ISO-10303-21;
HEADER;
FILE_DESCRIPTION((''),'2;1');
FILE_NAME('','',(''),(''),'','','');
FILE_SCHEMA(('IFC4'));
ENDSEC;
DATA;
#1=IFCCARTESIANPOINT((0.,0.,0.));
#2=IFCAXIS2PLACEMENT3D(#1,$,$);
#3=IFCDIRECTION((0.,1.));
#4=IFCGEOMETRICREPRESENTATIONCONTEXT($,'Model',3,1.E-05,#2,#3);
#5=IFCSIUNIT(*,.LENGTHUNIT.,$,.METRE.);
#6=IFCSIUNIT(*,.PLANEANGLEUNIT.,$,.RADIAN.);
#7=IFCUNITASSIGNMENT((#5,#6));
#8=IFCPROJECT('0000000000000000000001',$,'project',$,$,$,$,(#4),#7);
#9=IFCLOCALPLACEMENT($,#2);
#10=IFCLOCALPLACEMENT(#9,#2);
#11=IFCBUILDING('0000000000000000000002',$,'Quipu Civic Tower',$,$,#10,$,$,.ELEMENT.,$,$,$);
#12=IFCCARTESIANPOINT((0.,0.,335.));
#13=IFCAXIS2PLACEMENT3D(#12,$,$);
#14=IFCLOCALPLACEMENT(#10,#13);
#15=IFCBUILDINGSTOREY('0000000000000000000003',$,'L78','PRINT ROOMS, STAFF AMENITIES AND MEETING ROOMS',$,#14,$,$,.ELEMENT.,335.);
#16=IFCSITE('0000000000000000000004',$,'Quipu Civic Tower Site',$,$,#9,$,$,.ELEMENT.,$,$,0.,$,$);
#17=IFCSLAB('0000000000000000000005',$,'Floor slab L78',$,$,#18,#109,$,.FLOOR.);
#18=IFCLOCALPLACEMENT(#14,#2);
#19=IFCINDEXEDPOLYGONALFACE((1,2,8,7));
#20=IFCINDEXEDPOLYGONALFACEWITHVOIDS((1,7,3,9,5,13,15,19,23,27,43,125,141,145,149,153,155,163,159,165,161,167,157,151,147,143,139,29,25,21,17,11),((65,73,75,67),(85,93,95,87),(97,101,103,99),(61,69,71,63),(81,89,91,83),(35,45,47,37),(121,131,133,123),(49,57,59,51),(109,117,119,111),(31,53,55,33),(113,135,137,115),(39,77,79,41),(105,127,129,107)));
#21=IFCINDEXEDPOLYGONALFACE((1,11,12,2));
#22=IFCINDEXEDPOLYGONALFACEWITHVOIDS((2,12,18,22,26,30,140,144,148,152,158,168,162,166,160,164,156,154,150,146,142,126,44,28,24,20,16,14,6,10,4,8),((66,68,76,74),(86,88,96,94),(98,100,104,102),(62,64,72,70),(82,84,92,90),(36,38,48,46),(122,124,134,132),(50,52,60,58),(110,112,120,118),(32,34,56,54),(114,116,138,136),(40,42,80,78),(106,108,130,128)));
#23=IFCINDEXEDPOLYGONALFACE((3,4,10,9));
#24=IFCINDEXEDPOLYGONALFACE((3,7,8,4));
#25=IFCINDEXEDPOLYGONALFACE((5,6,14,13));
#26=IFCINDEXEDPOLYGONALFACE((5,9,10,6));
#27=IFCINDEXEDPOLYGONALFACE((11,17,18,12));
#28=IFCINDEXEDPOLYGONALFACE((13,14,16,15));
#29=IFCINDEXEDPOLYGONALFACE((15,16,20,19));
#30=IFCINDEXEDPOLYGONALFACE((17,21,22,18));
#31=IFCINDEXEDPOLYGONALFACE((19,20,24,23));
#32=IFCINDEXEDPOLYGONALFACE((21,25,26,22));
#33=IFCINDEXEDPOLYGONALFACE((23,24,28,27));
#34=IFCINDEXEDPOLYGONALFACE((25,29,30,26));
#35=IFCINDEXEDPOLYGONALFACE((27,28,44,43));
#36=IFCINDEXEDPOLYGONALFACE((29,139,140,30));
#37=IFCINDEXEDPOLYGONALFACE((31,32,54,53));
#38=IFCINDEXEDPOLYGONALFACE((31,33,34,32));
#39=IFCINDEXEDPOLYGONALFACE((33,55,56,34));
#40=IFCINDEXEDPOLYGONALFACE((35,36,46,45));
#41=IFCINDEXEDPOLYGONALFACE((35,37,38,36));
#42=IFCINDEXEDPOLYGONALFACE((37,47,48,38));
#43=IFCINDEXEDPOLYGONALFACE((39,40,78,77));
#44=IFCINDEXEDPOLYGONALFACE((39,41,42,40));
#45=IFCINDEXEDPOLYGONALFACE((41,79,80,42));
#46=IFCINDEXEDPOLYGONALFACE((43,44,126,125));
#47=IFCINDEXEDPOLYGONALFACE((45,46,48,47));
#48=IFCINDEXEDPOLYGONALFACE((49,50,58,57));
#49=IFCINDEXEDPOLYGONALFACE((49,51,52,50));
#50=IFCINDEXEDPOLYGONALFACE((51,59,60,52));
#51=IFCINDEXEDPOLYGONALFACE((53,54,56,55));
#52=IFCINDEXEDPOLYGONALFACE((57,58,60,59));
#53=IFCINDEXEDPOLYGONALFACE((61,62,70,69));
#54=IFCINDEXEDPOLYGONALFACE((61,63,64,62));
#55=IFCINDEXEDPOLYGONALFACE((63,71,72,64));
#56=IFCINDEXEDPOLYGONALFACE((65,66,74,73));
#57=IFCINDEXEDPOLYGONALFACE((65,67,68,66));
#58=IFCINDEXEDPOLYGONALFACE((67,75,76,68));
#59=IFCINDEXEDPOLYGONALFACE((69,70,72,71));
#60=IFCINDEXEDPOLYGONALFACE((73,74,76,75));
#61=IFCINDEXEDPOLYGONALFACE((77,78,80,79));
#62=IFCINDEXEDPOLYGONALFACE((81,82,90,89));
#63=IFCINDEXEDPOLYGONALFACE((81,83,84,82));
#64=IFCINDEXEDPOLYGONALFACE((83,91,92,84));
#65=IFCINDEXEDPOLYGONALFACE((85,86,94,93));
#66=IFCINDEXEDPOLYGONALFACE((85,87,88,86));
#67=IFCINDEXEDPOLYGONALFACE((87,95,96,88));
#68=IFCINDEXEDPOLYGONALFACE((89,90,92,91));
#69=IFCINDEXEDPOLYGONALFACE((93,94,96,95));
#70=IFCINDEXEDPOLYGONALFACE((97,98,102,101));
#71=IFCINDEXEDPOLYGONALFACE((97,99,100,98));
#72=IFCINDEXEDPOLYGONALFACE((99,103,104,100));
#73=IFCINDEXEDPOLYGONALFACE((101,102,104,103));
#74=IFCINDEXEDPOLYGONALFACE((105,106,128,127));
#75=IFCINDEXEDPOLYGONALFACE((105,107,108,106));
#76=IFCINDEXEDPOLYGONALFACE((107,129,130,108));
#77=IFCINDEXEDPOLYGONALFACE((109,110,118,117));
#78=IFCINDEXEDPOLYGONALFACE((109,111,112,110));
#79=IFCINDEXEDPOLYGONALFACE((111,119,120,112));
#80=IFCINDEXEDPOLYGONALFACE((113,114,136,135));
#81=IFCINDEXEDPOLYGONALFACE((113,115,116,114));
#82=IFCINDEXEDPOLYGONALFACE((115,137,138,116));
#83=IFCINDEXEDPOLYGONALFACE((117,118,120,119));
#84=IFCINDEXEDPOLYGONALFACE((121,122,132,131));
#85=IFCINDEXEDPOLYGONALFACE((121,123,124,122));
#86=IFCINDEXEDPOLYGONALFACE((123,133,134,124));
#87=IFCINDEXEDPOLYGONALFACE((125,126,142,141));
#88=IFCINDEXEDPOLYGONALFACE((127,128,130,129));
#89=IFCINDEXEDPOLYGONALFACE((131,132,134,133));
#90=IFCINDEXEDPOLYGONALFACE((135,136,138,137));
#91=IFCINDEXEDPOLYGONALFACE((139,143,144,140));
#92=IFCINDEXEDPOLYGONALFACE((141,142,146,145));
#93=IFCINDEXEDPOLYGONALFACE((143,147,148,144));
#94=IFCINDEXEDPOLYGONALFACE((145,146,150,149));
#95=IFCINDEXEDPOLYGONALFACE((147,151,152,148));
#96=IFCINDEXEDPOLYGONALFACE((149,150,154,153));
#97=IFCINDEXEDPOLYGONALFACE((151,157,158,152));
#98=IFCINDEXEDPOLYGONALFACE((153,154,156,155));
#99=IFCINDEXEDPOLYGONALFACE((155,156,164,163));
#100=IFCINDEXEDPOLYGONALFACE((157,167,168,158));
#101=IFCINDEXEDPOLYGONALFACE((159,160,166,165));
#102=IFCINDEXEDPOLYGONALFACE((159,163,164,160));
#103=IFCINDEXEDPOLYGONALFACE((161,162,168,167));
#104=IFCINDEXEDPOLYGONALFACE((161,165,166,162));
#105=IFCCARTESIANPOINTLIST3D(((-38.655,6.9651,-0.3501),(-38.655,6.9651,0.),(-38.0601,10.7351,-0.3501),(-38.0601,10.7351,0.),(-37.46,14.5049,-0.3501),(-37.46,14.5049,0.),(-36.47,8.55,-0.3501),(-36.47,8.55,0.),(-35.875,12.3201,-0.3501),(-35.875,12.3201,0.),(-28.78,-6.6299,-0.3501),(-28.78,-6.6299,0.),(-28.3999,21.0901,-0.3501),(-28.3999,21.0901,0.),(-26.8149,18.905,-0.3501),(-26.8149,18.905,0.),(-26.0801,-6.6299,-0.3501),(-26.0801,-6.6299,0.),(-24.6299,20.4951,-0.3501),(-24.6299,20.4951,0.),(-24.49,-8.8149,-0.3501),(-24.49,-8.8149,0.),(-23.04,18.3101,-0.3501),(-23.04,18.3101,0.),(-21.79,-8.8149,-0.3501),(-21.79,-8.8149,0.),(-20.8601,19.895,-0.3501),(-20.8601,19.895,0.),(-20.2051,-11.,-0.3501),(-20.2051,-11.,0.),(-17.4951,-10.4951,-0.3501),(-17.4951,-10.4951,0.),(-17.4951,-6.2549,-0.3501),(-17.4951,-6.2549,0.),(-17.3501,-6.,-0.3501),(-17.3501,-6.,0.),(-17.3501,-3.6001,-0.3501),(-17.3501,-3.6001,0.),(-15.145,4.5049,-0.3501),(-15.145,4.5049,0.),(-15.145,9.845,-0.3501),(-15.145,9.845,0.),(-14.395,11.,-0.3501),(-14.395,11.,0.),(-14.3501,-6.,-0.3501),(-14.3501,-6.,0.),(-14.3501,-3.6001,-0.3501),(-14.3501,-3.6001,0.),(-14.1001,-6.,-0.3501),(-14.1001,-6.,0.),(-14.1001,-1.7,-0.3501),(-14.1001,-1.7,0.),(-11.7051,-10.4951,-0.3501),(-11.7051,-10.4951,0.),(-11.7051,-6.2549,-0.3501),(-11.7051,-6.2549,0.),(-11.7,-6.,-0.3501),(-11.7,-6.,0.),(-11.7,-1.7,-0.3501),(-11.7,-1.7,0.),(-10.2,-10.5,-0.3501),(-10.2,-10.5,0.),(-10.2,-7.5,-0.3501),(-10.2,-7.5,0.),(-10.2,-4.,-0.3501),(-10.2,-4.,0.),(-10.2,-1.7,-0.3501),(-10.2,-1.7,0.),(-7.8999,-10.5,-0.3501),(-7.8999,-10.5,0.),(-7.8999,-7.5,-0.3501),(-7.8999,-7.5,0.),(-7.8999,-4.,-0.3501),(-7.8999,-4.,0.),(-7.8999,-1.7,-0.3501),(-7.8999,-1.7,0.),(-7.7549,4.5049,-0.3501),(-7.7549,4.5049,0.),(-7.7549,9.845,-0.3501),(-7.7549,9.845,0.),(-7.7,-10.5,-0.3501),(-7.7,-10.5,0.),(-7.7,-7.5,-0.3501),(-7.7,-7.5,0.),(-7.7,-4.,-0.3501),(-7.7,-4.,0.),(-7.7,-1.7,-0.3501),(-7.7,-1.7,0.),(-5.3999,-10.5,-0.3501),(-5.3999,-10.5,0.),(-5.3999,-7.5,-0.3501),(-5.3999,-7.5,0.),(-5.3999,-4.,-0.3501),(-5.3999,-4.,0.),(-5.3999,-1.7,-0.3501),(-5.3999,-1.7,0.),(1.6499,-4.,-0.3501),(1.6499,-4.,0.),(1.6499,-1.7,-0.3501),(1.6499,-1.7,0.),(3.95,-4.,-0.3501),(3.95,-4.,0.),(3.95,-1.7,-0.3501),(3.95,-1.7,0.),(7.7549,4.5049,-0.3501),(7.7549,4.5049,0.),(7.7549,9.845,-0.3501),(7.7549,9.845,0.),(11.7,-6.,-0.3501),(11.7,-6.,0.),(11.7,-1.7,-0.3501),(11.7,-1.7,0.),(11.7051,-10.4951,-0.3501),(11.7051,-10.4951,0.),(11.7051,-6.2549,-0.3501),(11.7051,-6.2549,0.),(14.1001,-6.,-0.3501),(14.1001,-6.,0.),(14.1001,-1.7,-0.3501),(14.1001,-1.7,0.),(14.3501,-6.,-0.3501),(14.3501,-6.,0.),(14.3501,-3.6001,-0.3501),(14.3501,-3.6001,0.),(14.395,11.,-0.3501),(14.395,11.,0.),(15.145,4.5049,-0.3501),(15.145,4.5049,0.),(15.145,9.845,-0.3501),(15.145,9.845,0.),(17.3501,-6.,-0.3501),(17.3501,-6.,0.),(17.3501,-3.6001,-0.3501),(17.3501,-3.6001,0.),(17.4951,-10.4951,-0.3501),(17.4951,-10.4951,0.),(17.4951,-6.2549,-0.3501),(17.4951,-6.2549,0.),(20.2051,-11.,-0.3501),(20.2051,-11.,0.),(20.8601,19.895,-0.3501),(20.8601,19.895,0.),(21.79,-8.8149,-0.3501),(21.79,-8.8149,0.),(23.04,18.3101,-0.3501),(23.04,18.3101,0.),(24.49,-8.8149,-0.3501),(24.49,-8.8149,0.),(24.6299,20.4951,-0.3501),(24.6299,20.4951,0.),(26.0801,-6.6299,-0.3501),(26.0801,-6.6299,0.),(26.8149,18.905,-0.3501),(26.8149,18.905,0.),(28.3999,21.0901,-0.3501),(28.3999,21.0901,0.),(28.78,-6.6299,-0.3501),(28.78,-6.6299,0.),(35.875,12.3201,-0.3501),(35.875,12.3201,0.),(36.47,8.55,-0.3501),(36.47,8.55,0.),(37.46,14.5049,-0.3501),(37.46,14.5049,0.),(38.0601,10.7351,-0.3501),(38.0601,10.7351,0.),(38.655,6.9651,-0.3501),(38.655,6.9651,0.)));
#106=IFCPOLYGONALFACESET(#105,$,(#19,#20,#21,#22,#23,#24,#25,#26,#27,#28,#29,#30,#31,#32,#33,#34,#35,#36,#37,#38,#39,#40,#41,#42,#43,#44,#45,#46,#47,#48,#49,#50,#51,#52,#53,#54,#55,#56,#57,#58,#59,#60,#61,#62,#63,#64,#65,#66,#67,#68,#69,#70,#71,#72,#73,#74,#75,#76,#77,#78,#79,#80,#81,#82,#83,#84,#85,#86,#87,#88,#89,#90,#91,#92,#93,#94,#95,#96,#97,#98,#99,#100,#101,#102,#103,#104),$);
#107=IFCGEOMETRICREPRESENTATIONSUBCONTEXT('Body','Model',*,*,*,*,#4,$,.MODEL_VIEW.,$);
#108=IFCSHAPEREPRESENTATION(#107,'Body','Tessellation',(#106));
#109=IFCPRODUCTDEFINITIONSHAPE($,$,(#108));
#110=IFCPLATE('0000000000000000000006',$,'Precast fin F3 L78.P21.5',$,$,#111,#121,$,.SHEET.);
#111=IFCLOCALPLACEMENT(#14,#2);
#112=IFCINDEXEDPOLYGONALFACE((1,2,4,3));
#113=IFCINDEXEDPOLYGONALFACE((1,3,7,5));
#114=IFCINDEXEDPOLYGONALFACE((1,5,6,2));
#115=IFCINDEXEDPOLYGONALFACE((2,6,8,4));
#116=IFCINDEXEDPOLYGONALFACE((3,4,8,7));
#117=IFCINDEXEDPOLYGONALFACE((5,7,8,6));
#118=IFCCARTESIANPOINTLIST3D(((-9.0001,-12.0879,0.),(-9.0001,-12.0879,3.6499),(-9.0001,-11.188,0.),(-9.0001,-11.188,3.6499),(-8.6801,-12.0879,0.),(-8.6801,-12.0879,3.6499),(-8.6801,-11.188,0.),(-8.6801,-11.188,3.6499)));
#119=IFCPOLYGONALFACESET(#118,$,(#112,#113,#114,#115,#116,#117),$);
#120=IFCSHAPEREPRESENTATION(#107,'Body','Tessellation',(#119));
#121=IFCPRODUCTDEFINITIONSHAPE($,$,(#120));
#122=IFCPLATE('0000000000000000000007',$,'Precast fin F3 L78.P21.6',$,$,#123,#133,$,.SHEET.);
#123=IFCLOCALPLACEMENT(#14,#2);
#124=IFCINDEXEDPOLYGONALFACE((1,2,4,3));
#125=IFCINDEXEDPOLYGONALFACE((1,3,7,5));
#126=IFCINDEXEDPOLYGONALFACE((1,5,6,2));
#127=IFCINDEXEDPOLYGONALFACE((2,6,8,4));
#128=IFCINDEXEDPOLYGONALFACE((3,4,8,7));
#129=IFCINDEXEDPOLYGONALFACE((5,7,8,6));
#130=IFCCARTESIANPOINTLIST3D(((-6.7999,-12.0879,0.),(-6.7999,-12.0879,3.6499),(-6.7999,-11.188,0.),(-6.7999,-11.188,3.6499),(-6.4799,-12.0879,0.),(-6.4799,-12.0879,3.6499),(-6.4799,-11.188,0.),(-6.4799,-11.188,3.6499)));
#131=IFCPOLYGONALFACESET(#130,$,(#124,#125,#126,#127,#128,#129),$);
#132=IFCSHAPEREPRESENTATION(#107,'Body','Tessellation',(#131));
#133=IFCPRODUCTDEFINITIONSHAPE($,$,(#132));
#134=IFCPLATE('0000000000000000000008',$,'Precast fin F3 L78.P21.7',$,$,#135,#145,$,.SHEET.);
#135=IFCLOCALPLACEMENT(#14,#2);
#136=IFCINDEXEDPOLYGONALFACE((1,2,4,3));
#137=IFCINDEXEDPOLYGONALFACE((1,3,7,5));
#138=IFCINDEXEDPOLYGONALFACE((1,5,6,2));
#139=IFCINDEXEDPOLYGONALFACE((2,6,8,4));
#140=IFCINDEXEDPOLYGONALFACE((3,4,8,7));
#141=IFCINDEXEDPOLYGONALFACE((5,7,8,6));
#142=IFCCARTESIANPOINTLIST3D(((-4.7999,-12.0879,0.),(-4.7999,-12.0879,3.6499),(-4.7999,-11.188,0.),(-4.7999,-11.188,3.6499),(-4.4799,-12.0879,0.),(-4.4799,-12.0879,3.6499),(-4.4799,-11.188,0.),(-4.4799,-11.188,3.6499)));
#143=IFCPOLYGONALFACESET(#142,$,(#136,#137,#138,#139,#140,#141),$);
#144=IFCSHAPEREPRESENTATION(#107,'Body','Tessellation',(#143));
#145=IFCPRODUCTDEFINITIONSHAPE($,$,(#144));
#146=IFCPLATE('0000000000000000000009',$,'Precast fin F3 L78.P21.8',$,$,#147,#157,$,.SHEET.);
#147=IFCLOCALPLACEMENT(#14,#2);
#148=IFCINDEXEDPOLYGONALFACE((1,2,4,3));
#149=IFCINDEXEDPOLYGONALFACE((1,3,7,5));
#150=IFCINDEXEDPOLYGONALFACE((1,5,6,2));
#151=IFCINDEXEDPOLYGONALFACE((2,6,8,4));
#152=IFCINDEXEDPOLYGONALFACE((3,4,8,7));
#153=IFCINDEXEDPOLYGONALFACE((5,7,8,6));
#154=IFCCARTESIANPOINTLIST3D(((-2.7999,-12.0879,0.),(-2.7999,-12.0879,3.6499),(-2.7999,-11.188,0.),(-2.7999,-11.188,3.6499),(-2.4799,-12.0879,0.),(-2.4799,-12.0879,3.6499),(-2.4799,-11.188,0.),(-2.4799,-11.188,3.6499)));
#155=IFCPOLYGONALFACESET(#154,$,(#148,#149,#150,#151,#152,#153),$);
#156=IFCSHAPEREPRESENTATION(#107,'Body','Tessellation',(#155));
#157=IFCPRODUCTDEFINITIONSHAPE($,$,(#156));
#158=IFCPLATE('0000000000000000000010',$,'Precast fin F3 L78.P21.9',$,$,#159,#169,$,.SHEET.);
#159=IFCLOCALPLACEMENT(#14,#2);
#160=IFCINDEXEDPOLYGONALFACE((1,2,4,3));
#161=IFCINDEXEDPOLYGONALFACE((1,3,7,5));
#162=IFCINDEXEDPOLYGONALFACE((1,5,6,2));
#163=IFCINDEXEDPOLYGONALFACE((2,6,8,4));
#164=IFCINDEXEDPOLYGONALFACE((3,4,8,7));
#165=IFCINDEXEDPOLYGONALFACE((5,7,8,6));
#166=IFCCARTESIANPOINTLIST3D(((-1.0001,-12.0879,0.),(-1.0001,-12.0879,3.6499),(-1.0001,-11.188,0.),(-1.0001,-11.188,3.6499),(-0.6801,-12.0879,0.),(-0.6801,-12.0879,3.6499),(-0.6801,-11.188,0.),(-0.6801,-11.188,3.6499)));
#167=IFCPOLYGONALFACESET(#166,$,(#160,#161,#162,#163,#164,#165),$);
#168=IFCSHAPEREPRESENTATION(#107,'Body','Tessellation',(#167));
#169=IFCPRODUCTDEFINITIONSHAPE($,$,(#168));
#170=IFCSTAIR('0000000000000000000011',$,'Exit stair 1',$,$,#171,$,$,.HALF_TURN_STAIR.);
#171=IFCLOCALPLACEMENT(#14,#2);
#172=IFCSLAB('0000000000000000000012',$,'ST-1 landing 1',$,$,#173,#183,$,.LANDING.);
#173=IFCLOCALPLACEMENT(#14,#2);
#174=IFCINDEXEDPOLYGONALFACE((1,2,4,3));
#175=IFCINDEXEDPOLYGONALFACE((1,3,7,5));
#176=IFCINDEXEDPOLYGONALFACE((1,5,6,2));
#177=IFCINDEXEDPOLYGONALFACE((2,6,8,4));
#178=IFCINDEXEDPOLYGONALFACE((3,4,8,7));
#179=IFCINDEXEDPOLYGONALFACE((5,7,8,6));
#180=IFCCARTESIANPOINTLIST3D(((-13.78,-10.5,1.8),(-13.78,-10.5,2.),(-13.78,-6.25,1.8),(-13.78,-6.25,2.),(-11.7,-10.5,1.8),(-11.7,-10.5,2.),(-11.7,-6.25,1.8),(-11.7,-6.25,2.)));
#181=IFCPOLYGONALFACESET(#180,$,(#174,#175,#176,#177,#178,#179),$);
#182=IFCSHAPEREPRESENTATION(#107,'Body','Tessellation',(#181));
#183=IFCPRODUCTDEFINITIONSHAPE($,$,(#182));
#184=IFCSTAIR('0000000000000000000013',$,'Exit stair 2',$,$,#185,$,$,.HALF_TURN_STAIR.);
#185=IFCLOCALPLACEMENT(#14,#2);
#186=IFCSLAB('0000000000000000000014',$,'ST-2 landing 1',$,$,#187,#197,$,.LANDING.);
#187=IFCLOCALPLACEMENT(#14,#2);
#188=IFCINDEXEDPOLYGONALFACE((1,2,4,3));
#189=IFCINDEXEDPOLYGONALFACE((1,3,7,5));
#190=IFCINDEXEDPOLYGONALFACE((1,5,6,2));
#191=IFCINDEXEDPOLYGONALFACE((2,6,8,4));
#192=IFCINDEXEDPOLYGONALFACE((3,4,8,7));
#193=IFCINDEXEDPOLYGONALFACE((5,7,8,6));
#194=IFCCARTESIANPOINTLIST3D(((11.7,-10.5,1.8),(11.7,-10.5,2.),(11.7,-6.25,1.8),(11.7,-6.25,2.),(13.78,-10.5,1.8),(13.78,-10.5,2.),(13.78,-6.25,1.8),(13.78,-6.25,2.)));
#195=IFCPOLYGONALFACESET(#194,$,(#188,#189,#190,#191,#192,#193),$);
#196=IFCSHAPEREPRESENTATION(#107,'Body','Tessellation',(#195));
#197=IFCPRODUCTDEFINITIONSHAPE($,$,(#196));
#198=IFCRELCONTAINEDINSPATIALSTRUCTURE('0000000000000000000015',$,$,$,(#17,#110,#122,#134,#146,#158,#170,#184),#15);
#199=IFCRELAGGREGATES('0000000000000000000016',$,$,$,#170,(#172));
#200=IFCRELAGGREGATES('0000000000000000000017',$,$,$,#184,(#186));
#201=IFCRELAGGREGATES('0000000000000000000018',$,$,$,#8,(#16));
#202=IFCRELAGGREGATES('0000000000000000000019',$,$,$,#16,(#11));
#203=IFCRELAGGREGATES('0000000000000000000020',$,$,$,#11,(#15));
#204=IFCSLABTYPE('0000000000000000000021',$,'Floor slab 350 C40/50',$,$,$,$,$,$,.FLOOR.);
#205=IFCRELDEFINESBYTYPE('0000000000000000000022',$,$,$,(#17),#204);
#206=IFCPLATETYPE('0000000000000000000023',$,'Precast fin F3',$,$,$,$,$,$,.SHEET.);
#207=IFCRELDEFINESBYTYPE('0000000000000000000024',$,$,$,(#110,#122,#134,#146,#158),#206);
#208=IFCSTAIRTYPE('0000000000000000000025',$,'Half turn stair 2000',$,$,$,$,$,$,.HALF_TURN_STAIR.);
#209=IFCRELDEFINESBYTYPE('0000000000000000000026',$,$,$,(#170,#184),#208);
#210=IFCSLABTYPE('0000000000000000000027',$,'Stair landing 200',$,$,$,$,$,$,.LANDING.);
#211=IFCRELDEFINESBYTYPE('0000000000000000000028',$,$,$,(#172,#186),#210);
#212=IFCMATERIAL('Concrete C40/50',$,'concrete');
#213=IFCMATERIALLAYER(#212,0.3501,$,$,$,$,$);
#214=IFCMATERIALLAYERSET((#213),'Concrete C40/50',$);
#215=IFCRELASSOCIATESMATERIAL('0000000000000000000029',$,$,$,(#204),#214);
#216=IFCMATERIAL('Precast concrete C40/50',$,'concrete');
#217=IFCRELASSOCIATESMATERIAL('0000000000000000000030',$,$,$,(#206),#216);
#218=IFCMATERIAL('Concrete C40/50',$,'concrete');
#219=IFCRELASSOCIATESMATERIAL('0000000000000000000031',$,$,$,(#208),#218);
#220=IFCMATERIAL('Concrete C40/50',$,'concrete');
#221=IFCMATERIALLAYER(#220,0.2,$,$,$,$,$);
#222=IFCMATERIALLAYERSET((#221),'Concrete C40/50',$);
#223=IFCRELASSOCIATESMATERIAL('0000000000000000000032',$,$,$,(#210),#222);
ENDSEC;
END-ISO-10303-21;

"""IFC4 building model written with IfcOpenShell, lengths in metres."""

from ifc_helpers import new_model, si_unit, direction, frame, origin, origin_2d, place, context, subcontext, project, spatial, polyline, rectangle, outline, extrude, material, layer, layer_set, type_object, element, aggregate, save


model = new_model("IFC4")

# Units and contexts
model_context = context("Model", 3, precision=1e-05, world=origin(), true_north=direction((0.0, 1.0)))
body_context = subcontext(model_context, "Body", "Model", "MODEL_VIEW")
ifc_project = project(units=[si_unit("LENGTHUNIT", "METRE"), si_unit("PLANEANGLEUNIT", "RADIAN")], contexts=[model_context])

# Site, building, storey
site_placement = place(None, origin())
site = spatial("IfcSite", under=ifc_project, at=site_placement, Name="Quipu Civic Tower Site", CompositionType="ELEMENT", RefElevation=0.0)
building_placement = place(site_placement, origin())
building = spatial("IfcBuilding", under=site, at=building_placement, Name="Quipu Civic Tower", CompositionType="ELEMENT")
storey_placement = place(building_placement, frame((0.0, 0.0, 335.0)))
storey = spatial("IfcBuildingStorey", under=building, at=storey_placement, Name="L78", Description="PRINT ROOMS, STAFF AMENITIES AND MEETING ROOMS", CompositionType="ELEMENT", Elevation=335.0)

# Slab
ifc_material_1 = material(Name="Concrete C40/50", Category="concrete")
ifc_layer_1 = layer(ifc_material_1, 0.3501)
ifc_layer_set_1 = layer_set([ifc_layer_1], Name="Concrete C40/50")
slab_type_1 = type_object("IfcSlabType", Name="Floor slab 350 C40/50", PredefinedType="FLOOR", material=ifc_layer_set_1)
slab_1_placement = place(storey_placement, frame((0.0, 0.0, -0.3501)))
element("IfcSlab", 1, at=slab_1_placement, inside=storey, type_object=slab_type_1, Name="Floor slab L78", PredefinedType="FLOOR", context=body_context, shape_type="SweptSolid", body=[
    extrude(outline(polyline([(20.8601, 19.895), (23.04, 18.3101), (24.6299, 20.4951), (26.8149, 18.905), (28.3999, 21.0901), (37.46, 14.5049), (35.875, 12.3201), (38.0601, 10.7351), (36.47, 8.55), (38.655, 6.9651), (28.78, -6.6299), (26.0801, -6.6299), (24.49, -8.8149), (21.79, -8.8149), (20.2051, -11.0), (-20.2051, -11.0), (-21.79, -8.8149), (-24.49, -8.8149), (-26.0801, -6.6299), (-28.78, -6.6299), (-38.655, 6.9651), (-36.47, 8.55), (-38.0601, 10.7351), (-35.875, 12.3201), (-37.46, 14.5049), (-28.3999, 21.0901), (-26.8149, 18.905), (-24.6299, 20.4951), (-23.04, 18.3101), (-20.8601, 19.895), (-14.395, 11.0), (14.395, 11.0), (20.8601, 19.895)]), holes=[polyline([(-10.2, -10.5), (-7.8999, -10.5), (-7.8999, -7.5), (-10.2, -7.5), (-10.2, -10.5)]), polyline([(-7.7, -7.5), (-7.7, -10.5), (-5.3999, -10.5), (-5.3999, -7.5), (-7.7, -7.5)]), polyline([(-11.7051, -6.2549), (-17.4951, -6.2549), (-17.4951, -10.4951), (-11.7051, -10.4951), (-11.7051, -6.2549)]), polyline([(-17.3501, -6.0), (-14.3501, -6.0), (-14.3501, -3.6001), (-17.3501, -3.6001), (-17.3501, -6.0)]), polyline([(-14.1001, -1.7), (-14.1001, -6.0), (-11.7, -6.0), (-11.7, -1.7), (-14.1001, -1.7)]), polyline([(-10.2, -1.7), (-10.2, -4.0), (-7.8999, -4.0), (-7.8999, -1.7), (-10.2, -1.7)]), polyline([(-15.145, 9.845), (-15.145, 4.5049), (-7.7549, 4.5049), (-7.7549, 9.845), (-15.145, 9.845)]), polyline([(11.7051, -10.4951), (17.4951, -10.4951), (17.4951, -6.2549), (11.7051, -6.2549), (11.7051, -10.4951)]), polyline([(14.3501, -3.6001), (14.3501, -6.0), (17.3501, -6.0), (17.3501, -3.6001), (14.3501, -3.6001)]), polyline([(11.7, -1.7), (11.7, -6.0), (14.1001, -6.0), (14.1001, -1.7), (11.7, -1.7)]), polyline([(-7.7, -1.7), (-7.7, -4.0), (-5.3999, -4.0), (-5.3999, -1.7), (-7.7, -1.7)]), polyline([(1.6499, -1.7), (1.6499, -4.0), (3.95, -4.0), (3.95, -1.7), (1.6499, -1.7)]), polyline([(7.7549, 4.5049), (15.145, 4.5049), (15.145, 9.845), (7.7549, 9.845), (7.7549, 4.5049)])]), origin(), (0.0, 0.0, 1.0), 0.3501),
])

# Plates
ifc_material_2 = material(Name="Precast concrete C40/50", Category="concrete")
plate_type = type_object("IfcPlateType", Name="Precast fin F3", PredefinedType="SHEET", material=ifc_material_2)
for number, where, z_axis, x_axis, name in (
    (2, (-8.8401, -11.6379, 0.0), (0.0, 0.0, 1.0), (1.0, 0.0, 0.0), "Precast fin F3 L78.P21.5"),
    (3, (-6.6399, -11.6379, 0.0), (0.0, 0.0, 1.0), (1.0, 0.0, 0.0), "Precast fin F3 L78.P21.6"),
    (4, (-4.6399, -11.6379, 0.0), (0.0, 0.0, 1.0), (1.0, 0.0, 0.0), "Precast fin F3 L78.P21.7"),
    (5, (-2.6399, -11.6379, 0.0), (0.0, 0.0, 1.0), (1.0, 0.0, 0.0), "Precast fin F3 L78.P21.8"),
    (6, (-0.8401, -11.6379, 0.0), (0.0, 0.0, 1.0), (1.0, 0.0, 0.0), "Precast fin F3 L78.P21.9"),
):
    element("IfcPlate", number, at=place(storey_placement, frame(where, z_axis=z_axis, x_axis=x_axis)), inside=storey, type_object=plate_type, Name=name, PredefinedType="SHEET", context=body_context, shape_type="SweptSolid", body=[
        extrude(rectangle(XDim=0.3201, YDim=0.8999, at=origin_2d()), origin(), (0.0, 0.0, 1.0), 3.6499),
    ])

# Stairs, slabs
ifc_material_3 = material(Name="Concrete C40/50", Category="concrete")
stair_type_1 = type_object("IfcStairType", Name="Half turn stair 2000", PredefinedType="HALF_TURN_STAIR", material=ifc_material_3)
stair_1_placement = place(storey_placement, origin())
stair_1 = element("IfcStair", 7, at=stair_1_placement, inside=storey, type_object=stair_type_1, Name="Exit stair 1", PredefinedType="HALF_TURN_STAIR")
ifc_material_4 = material(Name="Concrete C40/50", Category="concrete")
ifc_layer_2 = layer(ifc_material_4, 0.2)
ifc_layer_set_2 = layer_set([ifc_layer_2], Name="Concrete C40/50")
slab_type_2 = type_object("IfcSlabType", Name="Stair landing 200", PredefinedType="LANDING", material=ifc_layer_set_2)
slab_2_placement = place(storey_placement, frame((0.0, 0.0, 1.8)))
slab_2 = element("IfcSlab", 8, at=slab_2_placement, type_object=slab_type_2, Name="ST-1 landing 1", PredefinedType="LANDING", context=body_context, shape_type="SweptSolid", body=[
    extrude(outline(polyline([(-13.78, -10.5), (-11.7, -10.5), (-11.7, -6.25), (-13.78, -6.25), (-13.78, -10.5)])), origin(), (0.0, 0.0, 1.0), 0.2),
])
aggregate(stair_1, [slab_2])
stair_2_placement = place(storey_placement, origin())
stair_2 = element("IfcStair", 9, at=stair_2_placement, inside=storey, type_object=stair_type_1, Name="Exit stair 2", PredefinedType="HALF_TURN_STAIR")
slab_3_placement = place(storey_placement, frame((0.0, 0.0, 1.8)))
slab_3 = element("IfcSlab", 10, at=slab_3_placement, type_object=slab_type_2, Name="ST-2 landing 1", PredefinedType="LANDING", context=body_context, shape_type="SweptSolid", body=[
    extrude(outline(polyline([(13.78, -6.25), (11.7, -6.25), (11.7, -10.5), (13.78, -10.5), (13.78, -6.25)])), origin(), (0.0, 0.0, 1.0), 0.2),
])
aggregate(stair_2, [slab_3])

save(model, "model.ifc")
